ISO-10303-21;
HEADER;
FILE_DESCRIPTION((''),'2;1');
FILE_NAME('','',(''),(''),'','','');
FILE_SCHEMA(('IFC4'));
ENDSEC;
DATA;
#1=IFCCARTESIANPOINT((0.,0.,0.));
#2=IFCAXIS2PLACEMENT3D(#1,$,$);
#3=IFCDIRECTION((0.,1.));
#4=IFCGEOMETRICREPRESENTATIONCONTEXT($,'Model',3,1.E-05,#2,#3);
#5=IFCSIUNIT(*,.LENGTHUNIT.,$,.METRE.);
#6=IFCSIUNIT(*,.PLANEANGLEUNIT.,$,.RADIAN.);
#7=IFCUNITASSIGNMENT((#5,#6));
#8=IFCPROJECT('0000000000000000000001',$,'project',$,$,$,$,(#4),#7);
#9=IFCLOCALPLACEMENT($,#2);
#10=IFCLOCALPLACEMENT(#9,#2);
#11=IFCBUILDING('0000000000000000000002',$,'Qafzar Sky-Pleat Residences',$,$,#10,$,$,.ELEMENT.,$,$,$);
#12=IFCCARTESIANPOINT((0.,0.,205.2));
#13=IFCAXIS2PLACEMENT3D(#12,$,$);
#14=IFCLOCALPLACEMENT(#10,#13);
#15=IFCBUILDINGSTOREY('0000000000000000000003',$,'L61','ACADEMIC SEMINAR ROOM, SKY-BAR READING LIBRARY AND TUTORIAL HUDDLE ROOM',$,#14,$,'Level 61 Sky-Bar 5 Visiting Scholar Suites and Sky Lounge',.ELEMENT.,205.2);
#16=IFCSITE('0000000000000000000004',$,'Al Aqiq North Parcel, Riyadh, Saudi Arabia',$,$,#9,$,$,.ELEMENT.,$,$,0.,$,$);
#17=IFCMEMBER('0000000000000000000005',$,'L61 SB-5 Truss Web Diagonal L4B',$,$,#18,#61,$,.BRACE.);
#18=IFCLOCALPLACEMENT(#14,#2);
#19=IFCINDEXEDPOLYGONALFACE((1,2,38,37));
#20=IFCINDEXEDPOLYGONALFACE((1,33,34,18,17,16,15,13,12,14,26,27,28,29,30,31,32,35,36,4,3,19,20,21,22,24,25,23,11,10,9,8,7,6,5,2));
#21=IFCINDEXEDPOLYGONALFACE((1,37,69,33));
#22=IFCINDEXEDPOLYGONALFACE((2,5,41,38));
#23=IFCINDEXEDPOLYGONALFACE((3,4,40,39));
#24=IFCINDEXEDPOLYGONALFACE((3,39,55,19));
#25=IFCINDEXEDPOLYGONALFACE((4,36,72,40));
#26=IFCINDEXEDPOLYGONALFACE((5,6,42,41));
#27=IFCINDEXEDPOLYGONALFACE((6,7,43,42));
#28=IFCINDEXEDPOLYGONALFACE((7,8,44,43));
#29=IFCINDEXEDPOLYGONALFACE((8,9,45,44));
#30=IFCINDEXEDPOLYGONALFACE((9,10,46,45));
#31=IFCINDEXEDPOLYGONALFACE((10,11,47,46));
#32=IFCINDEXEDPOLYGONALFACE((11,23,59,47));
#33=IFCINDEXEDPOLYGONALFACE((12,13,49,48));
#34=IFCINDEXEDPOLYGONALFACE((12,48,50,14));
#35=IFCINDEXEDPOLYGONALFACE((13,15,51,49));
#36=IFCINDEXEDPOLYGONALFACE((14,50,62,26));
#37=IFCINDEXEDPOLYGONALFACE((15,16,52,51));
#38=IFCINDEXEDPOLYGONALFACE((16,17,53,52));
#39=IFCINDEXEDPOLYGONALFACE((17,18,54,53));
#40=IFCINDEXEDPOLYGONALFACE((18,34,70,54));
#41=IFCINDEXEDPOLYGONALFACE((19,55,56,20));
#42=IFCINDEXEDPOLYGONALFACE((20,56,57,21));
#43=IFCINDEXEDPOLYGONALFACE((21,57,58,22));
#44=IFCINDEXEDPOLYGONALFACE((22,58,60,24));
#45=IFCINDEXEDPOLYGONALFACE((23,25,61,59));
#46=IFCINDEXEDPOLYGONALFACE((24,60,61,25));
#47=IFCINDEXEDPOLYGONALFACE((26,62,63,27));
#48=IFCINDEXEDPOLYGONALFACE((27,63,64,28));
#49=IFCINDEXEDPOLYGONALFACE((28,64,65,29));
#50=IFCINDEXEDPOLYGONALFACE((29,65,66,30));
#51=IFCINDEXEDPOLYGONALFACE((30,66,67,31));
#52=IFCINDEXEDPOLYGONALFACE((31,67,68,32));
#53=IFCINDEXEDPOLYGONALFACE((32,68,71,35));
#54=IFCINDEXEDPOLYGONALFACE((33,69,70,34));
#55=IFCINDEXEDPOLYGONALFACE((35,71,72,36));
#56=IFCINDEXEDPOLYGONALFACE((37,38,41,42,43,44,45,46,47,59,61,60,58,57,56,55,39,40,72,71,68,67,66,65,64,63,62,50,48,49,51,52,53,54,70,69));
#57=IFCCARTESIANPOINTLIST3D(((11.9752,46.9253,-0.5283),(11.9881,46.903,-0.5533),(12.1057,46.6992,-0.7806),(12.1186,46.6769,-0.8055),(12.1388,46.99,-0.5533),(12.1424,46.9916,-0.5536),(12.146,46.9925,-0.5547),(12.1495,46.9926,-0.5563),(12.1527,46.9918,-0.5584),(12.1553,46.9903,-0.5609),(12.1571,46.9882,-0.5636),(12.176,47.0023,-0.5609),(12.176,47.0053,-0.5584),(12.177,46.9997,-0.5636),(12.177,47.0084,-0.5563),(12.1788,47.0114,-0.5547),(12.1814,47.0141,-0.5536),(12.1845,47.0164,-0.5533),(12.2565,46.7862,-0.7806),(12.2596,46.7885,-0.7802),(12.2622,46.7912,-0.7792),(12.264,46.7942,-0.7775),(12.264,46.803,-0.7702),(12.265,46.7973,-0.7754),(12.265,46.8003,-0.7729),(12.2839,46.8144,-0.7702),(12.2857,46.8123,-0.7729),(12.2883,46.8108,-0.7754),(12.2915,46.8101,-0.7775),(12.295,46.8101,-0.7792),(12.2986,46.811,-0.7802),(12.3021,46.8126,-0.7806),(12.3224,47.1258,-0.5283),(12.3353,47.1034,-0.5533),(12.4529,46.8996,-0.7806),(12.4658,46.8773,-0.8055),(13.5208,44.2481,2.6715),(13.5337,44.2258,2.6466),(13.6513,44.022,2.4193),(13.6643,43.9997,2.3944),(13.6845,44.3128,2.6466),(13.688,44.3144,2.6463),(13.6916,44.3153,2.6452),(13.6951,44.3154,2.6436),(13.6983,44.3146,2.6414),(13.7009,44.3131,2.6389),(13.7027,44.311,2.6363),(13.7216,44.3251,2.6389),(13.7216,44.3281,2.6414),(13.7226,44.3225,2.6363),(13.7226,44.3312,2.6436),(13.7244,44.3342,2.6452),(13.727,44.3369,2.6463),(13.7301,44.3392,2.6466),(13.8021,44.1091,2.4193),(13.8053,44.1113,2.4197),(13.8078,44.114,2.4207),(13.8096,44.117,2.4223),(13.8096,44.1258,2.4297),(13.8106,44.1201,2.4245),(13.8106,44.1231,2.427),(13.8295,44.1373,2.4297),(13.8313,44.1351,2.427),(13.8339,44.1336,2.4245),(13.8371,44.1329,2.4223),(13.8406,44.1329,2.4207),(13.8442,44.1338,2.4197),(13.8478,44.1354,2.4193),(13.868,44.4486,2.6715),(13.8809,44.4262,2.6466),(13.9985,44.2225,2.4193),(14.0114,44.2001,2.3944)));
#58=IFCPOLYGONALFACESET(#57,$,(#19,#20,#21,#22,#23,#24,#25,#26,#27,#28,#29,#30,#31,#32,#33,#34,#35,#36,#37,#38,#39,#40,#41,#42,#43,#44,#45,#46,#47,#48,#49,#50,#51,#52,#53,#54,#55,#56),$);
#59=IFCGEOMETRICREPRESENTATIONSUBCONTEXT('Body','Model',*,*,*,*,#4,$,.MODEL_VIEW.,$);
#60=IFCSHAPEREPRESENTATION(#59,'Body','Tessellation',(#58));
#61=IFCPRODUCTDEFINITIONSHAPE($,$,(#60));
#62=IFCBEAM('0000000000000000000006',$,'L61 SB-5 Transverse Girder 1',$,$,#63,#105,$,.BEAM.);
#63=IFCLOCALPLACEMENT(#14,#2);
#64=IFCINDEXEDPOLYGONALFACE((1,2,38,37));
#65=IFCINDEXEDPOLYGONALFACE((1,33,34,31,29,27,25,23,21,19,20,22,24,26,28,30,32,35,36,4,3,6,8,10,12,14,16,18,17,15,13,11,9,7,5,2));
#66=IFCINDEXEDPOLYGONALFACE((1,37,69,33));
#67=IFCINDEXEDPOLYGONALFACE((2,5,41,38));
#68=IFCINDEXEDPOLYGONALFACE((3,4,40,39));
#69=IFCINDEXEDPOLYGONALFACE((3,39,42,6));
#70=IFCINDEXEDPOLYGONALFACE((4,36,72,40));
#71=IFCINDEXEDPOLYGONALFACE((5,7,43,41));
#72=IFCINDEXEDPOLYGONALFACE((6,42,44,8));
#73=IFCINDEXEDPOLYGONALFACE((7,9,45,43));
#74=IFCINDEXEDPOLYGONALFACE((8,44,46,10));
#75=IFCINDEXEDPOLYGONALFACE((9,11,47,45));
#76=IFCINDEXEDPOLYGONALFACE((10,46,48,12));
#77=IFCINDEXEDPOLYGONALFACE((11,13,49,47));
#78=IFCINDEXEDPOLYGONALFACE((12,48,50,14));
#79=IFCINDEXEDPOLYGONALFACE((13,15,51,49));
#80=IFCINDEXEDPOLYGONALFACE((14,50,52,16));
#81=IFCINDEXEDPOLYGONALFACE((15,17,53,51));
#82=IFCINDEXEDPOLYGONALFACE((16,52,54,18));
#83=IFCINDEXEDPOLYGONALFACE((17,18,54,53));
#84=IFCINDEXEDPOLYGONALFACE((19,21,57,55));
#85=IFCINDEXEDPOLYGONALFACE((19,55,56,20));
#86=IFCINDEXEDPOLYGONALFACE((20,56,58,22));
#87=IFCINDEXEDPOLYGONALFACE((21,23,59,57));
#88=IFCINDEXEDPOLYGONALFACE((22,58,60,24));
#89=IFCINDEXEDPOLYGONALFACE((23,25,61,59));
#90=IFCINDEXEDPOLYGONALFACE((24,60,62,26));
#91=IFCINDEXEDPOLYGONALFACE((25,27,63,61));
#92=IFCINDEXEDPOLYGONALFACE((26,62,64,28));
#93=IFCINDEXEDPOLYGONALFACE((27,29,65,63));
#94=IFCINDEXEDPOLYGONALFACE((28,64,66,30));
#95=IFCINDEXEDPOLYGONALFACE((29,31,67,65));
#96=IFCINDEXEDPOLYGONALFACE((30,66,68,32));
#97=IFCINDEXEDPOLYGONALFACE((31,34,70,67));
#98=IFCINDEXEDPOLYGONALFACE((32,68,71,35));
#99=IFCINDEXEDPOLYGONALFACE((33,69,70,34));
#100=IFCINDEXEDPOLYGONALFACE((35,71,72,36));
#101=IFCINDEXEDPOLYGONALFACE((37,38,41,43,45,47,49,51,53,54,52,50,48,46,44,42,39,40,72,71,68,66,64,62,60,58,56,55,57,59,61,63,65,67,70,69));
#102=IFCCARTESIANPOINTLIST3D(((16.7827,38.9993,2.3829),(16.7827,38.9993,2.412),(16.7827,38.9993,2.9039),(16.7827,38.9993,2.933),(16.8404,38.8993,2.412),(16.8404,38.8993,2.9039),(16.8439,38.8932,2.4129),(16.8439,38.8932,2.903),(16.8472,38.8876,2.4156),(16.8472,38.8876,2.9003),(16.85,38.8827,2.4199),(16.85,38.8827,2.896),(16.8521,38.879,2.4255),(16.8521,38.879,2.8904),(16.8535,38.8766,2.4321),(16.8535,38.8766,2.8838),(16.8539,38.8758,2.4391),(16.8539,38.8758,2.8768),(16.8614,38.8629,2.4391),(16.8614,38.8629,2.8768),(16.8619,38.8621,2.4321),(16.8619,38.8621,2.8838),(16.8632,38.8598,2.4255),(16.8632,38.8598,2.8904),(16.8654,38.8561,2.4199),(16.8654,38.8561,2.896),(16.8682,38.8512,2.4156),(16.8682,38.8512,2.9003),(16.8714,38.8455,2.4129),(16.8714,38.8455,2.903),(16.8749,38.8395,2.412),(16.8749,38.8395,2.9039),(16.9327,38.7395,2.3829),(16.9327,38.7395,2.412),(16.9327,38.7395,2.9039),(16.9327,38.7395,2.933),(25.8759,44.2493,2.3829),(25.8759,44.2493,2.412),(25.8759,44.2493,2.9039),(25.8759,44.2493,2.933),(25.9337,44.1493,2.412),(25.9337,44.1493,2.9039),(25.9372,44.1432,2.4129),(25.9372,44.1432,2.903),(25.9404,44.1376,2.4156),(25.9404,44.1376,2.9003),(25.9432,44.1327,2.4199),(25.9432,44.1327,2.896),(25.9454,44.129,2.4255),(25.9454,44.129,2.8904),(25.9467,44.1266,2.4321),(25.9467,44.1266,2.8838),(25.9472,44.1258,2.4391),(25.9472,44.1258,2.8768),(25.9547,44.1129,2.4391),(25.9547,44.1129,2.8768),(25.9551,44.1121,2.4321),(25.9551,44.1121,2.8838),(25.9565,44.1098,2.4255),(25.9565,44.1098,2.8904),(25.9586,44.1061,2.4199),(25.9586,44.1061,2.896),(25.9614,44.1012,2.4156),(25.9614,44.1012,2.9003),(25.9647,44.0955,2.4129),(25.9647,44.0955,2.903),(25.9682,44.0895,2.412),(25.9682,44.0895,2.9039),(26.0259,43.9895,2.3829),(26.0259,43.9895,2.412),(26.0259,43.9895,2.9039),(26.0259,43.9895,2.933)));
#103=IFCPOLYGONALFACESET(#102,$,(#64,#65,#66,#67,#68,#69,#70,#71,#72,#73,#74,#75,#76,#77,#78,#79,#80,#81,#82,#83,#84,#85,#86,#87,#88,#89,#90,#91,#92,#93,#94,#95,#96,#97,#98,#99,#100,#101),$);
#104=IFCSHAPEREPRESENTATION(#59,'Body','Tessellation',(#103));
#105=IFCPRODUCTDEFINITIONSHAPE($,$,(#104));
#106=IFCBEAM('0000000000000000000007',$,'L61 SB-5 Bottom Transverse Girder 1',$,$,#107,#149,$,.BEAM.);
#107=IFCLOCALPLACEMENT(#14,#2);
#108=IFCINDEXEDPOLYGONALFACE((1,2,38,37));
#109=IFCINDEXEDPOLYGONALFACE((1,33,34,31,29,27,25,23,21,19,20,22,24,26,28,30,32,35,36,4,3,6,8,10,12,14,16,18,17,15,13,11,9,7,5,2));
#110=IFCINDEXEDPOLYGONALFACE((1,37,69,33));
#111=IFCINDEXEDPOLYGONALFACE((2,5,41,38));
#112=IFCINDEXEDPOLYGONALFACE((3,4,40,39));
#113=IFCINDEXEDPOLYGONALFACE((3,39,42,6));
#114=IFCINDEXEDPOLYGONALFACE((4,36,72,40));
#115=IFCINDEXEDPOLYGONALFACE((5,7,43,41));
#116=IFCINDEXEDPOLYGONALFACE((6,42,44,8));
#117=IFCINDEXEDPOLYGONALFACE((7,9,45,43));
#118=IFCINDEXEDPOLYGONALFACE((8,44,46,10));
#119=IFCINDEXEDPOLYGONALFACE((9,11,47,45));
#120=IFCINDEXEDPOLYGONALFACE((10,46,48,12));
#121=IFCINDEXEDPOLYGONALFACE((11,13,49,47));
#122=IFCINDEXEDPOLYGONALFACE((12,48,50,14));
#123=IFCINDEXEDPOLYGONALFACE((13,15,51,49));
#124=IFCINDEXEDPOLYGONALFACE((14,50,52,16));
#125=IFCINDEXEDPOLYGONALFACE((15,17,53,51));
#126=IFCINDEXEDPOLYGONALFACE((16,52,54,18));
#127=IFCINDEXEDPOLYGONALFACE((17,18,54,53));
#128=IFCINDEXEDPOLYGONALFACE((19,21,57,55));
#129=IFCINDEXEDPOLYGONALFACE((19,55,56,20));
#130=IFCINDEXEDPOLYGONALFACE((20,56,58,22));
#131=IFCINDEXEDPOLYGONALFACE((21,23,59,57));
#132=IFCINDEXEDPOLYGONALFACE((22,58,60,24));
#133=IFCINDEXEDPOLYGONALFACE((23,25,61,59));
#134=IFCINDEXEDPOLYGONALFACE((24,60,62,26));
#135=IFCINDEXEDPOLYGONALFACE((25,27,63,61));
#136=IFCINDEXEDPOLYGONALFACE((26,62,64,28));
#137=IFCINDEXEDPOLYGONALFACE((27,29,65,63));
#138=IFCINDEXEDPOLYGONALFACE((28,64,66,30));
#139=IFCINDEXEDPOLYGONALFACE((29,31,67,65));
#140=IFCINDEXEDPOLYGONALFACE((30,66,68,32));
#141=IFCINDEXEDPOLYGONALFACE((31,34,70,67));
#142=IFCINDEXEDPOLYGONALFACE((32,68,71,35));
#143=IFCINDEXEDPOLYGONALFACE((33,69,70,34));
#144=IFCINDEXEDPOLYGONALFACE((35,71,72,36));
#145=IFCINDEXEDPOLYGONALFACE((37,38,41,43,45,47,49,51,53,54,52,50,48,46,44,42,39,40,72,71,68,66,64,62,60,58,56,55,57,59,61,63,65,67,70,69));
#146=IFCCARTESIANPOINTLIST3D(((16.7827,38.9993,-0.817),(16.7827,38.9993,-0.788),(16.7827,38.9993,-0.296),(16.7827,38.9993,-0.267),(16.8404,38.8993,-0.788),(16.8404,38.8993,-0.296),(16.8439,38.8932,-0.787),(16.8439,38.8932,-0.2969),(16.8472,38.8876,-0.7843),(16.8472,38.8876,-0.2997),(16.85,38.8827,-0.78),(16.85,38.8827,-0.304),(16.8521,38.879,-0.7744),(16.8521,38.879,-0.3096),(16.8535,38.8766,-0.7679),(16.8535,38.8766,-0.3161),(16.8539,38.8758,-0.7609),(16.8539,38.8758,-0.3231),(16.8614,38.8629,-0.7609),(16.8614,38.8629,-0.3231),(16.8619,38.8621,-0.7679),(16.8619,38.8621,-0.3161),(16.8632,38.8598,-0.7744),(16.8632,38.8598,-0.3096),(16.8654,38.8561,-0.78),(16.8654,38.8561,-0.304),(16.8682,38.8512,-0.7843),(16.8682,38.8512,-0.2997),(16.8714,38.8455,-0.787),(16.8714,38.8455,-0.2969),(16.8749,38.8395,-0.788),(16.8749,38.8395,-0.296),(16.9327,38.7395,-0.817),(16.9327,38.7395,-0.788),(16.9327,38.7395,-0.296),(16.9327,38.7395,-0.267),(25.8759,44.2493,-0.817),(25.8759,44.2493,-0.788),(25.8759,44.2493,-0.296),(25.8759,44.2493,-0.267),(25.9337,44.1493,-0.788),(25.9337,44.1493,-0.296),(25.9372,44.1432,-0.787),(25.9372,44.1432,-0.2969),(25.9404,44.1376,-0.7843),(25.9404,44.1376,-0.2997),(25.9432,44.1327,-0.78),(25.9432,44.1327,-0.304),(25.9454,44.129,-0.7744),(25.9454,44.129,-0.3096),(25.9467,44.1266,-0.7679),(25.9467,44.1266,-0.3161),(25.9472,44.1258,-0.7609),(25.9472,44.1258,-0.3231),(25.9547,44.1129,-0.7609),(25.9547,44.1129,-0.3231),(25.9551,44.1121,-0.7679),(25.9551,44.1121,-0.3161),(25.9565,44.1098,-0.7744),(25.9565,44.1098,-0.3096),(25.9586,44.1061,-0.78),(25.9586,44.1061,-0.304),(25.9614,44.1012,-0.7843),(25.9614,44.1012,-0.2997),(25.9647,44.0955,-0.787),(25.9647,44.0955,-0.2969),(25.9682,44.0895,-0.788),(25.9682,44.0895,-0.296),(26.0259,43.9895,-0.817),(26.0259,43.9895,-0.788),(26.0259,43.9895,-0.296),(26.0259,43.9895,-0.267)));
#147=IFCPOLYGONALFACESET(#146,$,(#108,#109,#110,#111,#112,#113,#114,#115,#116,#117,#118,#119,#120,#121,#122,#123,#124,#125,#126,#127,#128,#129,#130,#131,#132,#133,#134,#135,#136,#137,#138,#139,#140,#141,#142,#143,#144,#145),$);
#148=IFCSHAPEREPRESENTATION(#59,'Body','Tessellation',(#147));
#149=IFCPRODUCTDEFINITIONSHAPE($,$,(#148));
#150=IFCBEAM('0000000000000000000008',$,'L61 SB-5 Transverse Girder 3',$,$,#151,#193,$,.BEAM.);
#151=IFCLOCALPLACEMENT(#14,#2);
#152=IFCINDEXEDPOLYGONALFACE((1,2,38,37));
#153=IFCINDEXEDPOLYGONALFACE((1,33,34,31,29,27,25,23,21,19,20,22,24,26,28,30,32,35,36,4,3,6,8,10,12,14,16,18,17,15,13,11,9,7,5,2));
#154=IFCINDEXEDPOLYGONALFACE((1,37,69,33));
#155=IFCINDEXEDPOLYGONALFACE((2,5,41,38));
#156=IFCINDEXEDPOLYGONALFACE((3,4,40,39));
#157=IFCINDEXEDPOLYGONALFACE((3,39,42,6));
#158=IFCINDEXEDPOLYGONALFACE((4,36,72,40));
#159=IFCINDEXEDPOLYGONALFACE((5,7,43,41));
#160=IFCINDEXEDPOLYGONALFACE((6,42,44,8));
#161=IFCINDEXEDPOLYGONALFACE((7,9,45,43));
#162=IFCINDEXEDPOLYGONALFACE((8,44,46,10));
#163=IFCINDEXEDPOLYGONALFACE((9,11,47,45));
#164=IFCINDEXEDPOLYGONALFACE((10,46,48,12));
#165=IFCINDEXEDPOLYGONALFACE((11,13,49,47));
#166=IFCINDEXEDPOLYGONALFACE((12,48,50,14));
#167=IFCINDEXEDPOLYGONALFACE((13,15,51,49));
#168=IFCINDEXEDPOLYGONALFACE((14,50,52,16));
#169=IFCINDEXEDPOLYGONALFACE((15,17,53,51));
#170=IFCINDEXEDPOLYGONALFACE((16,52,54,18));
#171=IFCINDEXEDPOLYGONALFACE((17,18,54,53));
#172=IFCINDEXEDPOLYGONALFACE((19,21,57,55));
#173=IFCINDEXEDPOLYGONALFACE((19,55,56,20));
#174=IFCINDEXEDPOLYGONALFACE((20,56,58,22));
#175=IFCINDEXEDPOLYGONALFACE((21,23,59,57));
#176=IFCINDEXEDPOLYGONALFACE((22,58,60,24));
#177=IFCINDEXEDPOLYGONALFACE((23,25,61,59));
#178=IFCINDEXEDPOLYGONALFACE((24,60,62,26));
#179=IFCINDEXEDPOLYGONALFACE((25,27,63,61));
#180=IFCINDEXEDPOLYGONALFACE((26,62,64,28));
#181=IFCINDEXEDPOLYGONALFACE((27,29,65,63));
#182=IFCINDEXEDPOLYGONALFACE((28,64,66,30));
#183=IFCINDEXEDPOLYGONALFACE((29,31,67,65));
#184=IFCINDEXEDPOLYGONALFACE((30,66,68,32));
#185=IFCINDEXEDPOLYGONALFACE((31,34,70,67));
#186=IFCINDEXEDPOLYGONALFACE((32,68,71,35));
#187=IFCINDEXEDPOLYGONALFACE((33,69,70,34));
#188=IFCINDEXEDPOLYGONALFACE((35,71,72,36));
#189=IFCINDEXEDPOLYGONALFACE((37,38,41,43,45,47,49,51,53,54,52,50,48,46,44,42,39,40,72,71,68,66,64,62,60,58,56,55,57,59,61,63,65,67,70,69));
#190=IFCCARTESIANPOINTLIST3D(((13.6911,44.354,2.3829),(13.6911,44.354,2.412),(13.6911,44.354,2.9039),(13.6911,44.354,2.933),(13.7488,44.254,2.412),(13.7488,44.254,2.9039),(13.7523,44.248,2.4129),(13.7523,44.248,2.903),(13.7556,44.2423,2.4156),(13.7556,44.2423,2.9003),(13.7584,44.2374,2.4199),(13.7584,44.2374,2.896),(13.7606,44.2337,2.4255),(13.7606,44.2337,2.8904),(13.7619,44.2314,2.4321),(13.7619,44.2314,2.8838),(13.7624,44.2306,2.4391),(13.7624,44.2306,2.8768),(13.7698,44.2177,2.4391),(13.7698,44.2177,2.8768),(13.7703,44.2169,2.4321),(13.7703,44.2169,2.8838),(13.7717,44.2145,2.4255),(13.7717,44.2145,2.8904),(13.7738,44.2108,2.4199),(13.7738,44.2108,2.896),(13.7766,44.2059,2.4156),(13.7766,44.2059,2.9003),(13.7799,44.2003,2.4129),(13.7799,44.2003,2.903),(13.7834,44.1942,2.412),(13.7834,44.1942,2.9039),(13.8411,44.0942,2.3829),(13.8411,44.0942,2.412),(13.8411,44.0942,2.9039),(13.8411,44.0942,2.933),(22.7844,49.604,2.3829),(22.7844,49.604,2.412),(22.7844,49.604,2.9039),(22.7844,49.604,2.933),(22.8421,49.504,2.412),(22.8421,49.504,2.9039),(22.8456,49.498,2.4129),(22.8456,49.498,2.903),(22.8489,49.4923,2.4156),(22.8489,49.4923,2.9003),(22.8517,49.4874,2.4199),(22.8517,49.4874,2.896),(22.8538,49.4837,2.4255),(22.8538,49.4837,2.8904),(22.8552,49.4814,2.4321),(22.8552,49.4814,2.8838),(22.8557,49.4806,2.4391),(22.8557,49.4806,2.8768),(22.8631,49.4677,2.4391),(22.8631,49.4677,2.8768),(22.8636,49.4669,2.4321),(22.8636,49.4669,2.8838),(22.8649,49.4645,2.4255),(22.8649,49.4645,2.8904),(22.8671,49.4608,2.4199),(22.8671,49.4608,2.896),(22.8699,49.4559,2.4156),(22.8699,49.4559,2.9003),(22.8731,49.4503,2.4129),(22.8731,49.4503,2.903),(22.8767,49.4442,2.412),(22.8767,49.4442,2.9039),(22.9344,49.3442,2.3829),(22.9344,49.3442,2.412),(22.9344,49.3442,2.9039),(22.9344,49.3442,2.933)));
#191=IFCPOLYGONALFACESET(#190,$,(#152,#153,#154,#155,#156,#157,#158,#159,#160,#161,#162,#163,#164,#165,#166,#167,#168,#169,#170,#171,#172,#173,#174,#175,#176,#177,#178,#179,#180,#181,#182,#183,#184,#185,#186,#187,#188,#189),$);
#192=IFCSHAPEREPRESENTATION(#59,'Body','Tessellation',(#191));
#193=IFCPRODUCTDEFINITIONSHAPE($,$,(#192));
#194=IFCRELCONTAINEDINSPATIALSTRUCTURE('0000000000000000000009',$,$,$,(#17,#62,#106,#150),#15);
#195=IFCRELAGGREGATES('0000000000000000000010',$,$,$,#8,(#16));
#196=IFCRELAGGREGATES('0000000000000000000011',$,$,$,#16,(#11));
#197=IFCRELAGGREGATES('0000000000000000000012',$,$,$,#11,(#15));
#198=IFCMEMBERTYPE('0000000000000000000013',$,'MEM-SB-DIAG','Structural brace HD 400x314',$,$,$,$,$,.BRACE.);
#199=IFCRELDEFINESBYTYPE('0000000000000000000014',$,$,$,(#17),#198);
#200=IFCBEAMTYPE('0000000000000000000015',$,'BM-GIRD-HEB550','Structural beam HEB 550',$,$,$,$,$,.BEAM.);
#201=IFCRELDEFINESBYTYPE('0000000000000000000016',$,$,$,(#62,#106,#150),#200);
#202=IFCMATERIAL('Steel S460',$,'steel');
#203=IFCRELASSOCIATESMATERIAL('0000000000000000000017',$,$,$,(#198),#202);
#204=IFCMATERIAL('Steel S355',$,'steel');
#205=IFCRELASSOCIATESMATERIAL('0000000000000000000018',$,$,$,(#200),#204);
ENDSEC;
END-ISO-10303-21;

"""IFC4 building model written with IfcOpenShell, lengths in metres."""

from ifc_helpers import new_model, si_unit, direction, frame, origin, origin_2d, place, context, subcontext, project, spatial, i_section, extrude, source, transform, mapped, material, material_profile, profile_set, type_object, element, save


model = new_model("IFC4")

# Units and contexts
model_context = context("Model", 3, precision=1e-05, world=origin(), true_north=direction((0.0, 1.0)))
body_context = subcontext(model_context, "Body", "Model", "MODEL_VIEW")
ifc_project = project(units=[si_unit("LENGTHUNIT", "METRE"), si_unit("PLANEANGLEUNIT", "RADIAN")], contexts=[model_context])

# Site, building, storey
site_placement = place(None, origin())
site = spatial("IfcSite", under=ifc_project, at=site_placement, Name="Al Aqiq North Parcel, Riyadh, Saudi Arabia", CompositionType="ELEMENT", RefElevation=0.0)
building_placement = place(site_placement, origin())
building = spatial("IfcBuilding", under=site, at=building_placement, Name="Qafzar Sky-Pleat Residences", CompositionType="ELEMENT")
storey_placement = place(building_placement, frame((0.0, 0.0, 205.2)))
storey = spatial("IfcBuildingStorey", under=building, at=storey_placement, Name="L61", Description="ACADEMIC SEMINAR ROOM, SKY-BAR READING LIBRARY AND TUTORIAL HUDDLE ROOM", LongName="Level 61 Sky-Bar 5 Visiting Scholar Suites and Sky Lounge", CompositionType="ELEMENT", Elevation=205.2)

# Shared definitions
ifc_material_1 = material(Name="Steel S355", Category="steel")
ifc_material_2 = material(Name="Steel S460", Category="steel")

# Member
ifc_material_profile_1 = material_profile(ifc_material_2, i_section(OverallWidth=0.4009, OverallDepth=0.3989, WebThickness=0.0229, FlangeThickness=0.0359, FilletRadius=0.0149, at=origin_2d()), Name="HD 400x314")
ifc_profile_set_1 = profile_set([ifc_material_profile_1], Name="Steel S460")
member_type = type_object("IfcMemberType", Name="MEM-SB-DIAG", Description="Structural brace HD 400x314", PredefinedType="BRACE", material=ifc_profile_set_1)
shared_shape_1 = source(origin(), body_context, "Body", "SweptSolid", [
    extrude(i_section(OverallWidth=0.4009, OverallDepth=0.3989, WebThickness=0.0229, FlangeThickness=0.0359, FilletRadius=0.0149, at=origin_2d()), origin(), (0.0, 0.0, 1.0), 4.4492),
])
for number, where, z_axis, x_axis, name in (
    (1, (13.7661, 44.2241, 2.533), (-0.347392, 0.601721, -0.719201), (-0.866033, -0.499987, 0.0), "L61 SB-5 Truss Web Diagonal L4B"),
):
    element("IfcMember", number, at=place(storey_placement, frame(where, z_axis=z_axis, x_axis=x_axis)), inside=storey, type_object=member_type, Name=name, PredefinedType="BRACE", context=body_context, shape_type="MappedRepresentation", body=[
        mapped(shared_shape_1, transform((0.0, 0.0, 0.0), x_axis=(1.0, 0.0, 0.0), y_axis=(0.0, 1.0, 0.0), z_axis=(0.0, 0.0, 1.0), scale=1.0)),
    ])

# Beams
ifc_material_profile_2 = material_profile(ifc_material_1, i_section(OverallWidth=0.3, OverallDepth=0.55, WebThickness=0.0149, FlangeThickness=0.0291, FilletRadius=0.0271, at=origin_2d()), Name="HEB 550")
ifc_profile_set_2 = profile_set([ifc_material_profile_2], Name="Steel S355")
beam_type_1 = type_object("IfcBeamType", Name="BM-GIRD-HEB550", Description="Structural beam HEB 550", PredefinedType="BEAM", material=ifc_profile_set_2)
shared_shape_2 = source(origin(), body_context, "Body", "SweptSolid", [
    extrude(i_section(OverallWidth=0.3, OverallDepth=0.55, WebThickness=0.0149, FlangeThickness=0.0291, FilletRadius=0.0271, at=origin_2d()), origin(), (0.0, 0.0, 1.0), 10.5),
])
for number, where, z_axis, x_axis, name in (
    (2, (16.8577, 38.8694, 2.658), (0.866025, 0.5, 0.0), (-0.5, 0.866025, 0.0), "L61 SB-5 Transverse Girder 1"),
    (3, (16.8577, 38.8694, -0.542), (0.866025, 0.5, 0.0), (-0.5, 0.866025, 0.0), "L61 SB-5 Bottom Transverse Girder 1"),
    (4, (13.7661, 44.2241, 2.658), (0.866025, 0.5, 0.0), (-0.5, 0.866025, 0.0), "L61 SB-5 Transverse Girder 3"),
):
    element("IfcBeam", number, at=place(storey_placement, frame(where, z_axis=z_axis, x_axis=x_axis)), inside=storey, type_object=beam_type_1, Name=name, PredefinedType="BEAM", context=body_context, shape_type="MappedRepresentation", body=[
        mapped(shared_shape_2, transform((0.0, 0.0, 0.0), x_axis=(1.0, 0.0, 0.0), y_axis=(0.0, 1.0, 0.0), z_axis=(0.0, 0.0, 1.0), scale=1.0)),
    ])

save(model, "model.ifc")
